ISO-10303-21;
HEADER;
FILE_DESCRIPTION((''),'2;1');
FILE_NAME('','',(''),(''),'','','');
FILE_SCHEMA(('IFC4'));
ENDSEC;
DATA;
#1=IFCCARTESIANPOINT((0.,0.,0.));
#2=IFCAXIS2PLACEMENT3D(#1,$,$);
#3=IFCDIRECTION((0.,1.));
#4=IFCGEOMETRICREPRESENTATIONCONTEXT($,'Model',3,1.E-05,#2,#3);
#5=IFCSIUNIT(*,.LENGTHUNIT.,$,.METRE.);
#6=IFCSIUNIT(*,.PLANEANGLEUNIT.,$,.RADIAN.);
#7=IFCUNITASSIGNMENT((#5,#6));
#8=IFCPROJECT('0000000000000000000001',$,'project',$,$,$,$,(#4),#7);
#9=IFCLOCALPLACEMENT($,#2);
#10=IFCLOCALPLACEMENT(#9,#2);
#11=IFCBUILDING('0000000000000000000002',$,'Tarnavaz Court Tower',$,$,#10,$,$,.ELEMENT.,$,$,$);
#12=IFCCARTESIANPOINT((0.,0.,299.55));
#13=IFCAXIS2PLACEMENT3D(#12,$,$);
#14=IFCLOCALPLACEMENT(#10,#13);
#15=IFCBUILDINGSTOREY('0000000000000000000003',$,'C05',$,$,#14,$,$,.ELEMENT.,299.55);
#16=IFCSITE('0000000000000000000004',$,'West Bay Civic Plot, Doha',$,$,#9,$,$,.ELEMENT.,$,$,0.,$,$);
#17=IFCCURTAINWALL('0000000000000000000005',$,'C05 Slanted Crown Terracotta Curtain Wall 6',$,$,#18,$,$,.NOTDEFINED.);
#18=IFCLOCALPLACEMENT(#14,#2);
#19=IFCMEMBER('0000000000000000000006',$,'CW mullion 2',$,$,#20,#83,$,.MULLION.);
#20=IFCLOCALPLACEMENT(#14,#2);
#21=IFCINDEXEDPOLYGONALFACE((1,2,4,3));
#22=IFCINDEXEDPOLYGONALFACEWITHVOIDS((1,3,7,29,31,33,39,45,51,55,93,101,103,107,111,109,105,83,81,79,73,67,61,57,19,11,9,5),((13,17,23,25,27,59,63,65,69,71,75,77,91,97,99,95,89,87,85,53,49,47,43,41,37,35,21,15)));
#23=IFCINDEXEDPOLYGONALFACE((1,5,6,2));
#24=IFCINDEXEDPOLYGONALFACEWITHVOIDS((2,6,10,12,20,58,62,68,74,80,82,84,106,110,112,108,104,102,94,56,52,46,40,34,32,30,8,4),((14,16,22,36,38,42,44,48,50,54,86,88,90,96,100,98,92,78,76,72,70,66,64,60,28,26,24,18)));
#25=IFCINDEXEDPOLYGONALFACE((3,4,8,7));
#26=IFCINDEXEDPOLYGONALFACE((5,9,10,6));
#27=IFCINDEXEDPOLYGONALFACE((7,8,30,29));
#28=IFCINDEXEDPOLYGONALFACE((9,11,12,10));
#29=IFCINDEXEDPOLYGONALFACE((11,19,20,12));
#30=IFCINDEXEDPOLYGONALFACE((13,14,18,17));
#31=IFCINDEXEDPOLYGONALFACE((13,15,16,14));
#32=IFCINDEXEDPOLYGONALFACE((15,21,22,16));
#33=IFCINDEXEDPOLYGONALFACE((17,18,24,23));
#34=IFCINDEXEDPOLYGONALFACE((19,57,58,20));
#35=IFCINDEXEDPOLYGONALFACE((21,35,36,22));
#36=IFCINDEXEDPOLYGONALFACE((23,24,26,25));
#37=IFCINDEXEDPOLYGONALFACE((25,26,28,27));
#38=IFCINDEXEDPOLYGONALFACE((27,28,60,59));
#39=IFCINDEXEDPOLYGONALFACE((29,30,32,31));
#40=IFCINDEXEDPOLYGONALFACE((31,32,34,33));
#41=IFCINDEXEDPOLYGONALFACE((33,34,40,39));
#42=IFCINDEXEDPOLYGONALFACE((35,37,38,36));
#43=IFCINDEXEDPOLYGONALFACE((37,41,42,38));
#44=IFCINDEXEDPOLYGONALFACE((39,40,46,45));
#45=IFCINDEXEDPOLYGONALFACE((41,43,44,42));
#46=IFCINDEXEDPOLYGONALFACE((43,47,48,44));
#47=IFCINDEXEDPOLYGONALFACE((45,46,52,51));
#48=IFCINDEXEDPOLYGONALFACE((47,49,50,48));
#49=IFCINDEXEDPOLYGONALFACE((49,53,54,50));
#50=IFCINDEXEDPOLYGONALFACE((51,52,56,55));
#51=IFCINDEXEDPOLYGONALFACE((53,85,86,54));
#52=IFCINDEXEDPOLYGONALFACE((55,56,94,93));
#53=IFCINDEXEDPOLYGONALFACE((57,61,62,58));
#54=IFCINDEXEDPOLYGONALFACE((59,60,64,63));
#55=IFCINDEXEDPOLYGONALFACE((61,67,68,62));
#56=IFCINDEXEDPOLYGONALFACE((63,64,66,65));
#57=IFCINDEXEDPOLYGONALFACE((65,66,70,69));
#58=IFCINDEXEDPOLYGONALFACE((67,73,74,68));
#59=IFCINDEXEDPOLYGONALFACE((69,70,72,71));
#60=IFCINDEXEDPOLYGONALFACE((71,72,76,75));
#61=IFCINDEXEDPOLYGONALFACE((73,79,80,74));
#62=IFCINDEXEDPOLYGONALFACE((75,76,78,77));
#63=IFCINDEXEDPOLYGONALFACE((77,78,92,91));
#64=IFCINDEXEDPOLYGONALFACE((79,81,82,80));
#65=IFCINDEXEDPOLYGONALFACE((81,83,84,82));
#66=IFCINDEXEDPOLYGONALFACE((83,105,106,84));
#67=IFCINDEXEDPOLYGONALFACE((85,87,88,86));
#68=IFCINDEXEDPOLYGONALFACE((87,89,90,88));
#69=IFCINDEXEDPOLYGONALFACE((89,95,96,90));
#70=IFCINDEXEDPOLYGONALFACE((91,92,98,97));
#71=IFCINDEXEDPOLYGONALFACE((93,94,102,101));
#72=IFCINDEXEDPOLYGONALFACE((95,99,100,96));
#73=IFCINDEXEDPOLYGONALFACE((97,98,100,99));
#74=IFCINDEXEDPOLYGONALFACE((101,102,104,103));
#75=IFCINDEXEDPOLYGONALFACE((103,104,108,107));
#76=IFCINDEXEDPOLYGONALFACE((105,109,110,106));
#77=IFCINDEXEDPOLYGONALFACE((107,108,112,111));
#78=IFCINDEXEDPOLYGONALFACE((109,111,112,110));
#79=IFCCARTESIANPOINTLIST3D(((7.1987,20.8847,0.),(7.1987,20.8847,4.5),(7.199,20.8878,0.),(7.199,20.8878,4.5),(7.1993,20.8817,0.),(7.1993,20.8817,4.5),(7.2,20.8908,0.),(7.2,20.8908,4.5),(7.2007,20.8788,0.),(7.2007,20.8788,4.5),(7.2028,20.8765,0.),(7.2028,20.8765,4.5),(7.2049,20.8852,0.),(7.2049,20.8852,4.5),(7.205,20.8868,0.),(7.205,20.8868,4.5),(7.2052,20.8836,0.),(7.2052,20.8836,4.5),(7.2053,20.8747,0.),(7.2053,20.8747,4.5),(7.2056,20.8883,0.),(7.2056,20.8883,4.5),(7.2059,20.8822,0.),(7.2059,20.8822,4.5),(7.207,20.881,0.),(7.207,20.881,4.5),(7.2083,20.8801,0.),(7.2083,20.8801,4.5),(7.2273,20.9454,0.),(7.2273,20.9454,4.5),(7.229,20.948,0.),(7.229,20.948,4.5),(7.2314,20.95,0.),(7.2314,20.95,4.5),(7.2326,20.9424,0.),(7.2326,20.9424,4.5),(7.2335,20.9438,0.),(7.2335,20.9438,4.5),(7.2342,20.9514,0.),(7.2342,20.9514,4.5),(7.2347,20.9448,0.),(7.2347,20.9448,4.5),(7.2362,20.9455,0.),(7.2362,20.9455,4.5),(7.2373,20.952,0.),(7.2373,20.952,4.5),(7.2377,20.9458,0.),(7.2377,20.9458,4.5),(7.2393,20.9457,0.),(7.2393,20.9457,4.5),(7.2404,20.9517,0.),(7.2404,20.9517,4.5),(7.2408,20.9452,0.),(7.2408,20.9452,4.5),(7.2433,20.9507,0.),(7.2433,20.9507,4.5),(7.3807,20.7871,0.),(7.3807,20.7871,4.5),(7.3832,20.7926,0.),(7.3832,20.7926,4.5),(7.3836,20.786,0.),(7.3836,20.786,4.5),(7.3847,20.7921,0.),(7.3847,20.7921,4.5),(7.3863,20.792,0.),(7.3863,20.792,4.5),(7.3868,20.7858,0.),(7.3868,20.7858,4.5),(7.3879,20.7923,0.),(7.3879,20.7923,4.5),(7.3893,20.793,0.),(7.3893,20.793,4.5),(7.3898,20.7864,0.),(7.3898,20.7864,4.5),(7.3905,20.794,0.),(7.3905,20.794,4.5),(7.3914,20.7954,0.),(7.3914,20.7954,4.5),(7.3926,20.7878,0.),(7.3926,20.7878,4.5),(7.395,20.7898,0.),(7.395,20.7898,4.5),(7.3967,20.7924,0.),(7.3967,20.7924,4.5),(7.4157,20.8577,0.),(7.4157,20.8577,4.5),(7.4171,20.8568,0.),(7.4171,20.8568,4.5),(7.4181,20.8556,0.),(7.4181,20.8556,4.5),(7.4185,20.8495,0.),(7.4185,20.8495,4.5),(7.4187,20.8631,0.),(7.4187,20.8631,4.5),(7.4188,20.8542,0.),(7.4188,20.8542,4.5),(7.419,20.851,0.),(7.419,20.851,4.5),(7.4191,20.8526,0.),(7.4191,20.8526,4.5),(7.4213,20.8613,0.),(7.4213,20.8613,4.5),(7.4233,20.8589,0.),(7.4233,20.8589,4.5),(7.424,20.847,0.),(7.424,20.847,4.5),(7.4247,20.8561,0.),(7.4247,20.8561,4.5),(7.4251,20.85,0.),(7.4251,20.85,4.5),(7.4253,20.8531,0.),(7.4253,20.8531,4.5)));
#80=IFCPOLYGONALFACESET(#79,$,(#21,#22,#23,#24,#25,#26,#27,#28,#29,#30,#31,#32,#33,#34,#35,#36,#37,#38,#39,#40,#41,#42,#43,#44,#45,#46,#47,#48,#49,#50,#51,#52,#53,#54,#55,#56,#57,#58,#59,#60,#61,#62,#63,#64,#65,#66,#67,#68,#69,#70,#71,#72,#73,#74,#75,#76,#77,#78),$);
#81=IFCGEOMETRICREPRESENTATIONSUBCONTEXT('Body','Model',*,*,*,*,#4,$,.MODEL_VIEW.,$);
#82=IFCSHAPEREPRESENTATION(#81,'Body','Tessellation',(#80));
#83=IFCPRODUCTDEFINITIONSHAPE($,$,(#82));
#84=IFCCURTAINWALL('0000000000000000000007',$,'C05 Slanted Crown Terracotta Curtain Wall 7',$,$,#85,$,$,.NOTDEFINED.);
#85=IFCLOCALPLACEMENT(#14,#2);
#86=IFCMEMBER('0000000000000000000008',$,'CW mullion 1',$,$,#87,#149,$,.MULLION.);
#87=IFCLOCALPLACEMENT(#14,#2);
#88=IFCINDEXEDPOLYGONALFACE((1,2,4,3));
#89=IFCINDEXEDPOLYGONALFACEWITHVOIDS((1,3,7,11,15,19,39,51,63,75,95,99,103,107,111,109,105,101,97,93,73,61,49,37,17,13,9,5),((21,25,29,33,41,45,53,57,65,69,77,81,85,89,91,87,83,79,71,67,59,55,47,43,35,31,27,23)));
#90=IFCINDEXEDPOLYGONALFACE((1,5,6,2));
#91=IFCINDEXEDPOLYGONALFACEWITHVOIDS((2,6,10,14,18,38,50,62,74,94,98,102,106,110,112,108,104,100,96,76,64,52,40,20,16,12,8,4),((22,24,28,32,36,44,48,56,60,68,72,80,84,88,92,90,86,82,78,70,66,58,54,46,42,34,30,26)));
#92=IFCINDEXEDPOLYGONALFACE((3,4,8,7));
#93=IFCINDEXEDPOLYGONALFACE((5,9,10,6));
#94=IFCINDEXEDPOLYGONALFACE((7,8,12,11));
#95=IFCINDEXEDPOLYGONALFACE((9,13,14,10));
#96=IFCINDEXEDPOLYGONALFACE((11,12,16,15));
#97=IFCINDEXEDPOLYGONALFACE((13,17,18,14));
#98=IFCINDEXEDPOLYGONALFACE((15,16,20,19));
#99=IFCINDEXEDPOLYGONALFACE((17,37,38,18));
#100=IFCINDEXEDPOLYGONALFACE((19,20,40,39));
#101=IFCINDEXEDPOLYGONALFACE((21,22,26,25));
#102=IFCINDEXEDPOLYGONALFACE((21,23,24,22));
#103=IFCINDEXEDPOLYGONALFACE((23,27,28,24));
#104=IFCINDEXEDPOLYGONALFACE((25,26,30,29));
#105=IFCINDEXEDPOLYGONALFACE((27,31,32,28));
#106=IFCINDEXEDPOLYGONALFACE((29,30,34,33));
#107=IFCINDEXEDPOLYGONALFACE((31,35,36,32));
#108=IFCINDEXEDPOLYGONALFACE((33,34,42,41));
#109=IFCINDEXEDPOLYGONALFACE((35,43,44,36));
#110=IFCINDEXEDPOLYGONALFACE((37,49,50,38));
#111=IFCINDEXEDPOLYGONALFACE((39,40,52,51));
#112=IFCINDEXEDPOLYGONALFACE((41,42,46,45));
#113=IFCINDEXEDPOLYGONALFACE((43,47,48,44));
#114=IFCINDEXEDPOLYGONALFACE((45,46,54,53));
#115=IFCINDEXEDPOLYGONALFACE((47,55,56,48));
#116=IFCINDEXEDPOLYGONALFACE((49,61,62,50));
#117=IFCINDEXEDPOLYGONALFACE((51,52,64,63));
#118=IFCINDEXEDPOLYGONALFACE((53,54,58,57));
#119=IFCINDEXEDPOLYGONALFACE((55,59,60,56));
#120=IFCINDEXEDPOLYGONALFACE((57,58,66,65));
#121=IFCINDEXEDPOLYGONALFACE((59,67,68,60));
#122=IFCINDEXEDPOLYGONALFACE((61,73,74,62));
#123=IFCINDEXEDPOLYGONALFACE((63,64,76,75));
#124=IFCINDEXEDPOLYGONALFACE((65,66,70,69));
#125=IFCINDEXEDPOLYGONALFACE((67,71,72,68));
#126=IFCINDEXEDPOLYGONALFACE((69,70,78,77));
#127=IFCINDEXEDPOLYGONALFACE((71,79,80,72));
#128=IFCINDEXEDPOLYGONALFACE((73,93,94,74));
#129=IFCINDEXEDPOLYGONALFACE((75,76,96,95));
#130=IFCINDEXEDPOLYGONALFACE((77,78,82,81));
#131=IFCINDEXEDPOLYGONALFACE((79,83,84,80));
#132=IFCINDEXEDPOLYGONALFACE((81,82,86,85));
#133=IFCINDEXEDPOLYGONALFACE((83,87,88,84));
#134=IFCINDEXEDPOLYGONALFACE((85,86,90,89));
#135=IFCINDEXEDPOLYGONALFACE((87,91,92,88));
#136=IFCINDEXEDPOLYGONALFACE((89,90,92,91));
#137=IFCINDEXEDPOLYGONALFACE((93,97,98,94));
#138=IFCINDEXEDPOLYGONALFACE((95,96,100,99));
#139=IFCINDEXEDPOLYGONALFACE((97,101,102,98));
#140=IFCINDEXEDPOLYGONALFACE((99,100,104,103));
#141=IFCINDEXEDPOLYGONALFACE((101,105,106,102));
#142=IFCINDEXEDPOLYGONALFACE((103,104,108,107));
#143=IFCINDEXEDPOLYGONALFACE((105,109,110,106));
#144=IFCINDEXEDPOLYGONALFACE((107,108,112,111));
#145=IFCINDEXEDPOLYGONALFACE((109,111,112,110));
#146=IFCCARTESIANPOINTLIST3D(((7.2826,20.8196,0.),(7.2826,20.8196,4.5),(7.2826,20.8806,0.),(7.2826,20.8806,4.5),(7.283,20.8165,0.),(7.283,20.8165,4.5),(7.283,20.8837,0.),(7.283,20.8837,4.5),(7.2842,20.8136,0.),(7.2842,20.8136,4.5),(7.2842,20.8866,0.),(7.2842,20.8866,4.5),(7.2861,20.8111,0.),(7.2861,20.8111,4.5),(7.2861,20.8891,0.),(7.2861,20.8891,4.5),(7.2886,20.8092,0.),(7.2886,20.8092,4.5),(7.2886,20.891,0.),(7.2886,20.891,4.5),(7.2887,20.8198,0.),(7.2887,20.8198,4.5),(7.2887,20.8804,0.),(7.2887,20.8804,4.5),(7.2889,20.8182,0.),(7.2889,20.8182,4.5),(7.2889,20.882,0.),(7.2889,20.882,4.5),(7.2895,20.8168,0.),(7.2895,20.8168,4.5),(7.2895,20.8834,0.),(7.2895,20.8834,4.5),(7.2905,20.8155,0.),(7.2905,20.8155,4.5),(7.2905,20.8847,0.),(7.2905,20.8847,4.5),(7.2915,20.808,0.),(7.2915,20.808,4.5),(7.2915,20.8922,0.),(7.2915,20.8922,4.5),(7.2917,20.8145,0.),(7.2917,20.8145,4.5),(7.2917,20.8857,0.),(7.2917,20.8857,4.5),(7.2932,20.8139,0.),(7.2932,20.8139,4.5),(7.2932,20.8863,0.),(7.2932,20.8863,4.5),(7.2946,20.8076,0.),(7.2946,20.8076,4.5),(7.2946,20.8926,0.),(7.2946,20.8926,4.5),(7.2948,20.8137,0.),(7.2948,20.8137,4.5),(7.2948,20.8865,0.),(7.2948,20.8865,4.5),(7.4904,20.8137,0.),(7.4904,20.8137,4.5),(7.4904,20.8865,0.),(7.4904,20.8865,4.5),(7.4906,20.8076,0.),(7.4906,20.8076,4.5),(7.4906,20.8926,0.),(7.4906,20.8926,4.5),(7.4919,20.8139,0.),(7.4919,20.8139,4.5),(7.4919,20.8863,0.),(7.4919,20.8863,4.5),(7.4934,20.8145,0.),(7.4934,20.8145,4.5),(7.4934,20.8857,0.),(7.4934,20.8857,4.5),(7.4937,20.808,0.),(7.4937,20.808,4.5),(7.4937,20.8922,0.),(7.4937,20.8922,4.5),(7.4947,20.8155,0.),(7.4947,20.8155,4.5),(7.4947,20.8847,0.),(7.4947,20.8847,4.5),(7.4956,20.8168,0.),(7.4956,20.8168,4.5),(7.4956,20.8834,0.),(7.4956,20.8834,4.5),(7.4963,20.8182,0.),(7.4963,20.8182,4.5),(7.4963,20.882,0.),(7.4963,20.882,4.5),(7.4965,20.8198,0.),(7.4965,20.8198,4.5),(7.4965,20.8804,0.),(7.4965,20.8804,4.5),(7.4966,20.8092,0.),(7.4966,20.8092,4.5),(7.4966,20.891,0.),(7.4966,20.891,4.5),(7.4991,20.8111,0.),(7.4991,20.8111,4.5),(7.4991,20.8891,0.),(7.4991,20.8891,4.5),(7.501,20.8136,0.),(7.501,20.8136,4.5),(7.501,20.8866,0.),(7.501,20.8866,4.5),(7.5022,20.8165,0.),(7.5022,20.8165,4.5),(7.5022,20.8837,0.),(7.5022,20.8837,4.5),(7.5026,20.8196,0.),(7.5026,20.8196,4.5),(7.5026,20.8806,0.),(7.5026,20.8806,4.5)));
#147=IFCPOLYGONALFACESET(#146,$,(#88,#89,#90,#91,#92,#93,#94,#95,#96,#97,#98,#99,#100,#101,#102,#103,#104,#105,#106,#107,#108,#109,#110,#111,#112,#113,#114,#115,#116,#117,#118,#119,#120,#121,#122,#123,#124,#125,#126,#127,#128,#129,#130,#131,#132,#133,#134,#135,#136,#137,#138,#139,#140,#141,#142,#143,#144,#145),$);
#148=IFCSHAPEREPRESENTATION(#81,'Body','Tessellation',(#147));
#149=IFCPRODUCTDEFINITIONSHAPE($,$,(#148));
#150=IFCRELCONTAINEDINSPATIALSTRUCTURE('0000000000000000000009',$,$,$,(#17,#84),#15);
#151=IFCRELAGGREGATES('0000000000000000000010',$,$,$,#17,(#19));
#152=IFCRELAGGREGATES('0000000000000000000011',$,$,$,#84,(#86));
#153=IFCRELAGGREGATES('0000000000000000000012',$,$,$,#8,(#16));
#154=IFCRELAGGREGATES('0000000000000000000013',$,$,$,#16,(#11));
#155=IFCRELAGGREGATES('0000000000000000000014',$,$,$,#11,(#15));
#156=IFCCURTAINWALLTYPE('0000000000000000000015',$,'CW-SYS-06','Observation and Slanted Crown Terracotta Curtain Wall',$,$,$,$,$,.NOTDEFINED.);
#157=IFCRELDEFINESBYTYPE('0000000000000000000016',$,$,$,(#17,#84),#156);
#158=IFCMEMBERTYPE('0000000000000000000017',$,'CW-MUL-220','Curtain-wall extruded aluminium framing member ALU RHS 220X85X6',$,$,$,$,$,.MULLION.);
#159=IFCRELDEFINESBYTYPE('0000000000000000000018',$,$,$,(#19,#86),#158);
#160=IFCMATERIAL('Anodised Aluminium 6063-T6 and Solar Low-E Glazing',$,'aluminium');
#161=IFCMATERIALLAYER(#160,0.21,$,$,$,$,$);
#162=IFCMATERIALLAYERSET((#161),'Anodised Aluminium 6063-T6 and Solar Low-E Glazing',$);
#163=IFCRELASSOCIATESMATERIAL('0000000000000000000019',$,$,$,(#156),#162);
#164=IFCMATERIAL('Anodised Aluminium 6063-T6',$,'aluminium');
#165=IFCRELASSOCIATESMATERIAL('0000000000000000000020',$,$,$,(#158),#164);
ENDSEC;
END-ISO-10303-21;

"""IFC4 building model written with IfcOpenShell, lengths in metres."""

from ifc_helpers import new_model, si_unit, direction, frame, origin, origin_2d, place, context, subcontext, project, spatial, hollow_rectangle, extrude, material, layer, layer_set, material_profile, profile_set, type_object, element, aggregate, save


model = new_model("IFC4")

# Units and contexts
model_context = context("Model", 3, precision=1e-05, world=origin(), true_north=direction((0.0, 1.0)))
body_context = subcontext(model_context, "Body", "Model", "MODEL_VIEW")
ifc_project = project(units=[si_unit("LENGTHUNIT", "METRE"), si_unit("PLANEANGLEUNIT", "RADIAN")], contexts=[model_context])

# Site, building, storey
site_placement = place(None, origin())
site = spatial("IfcSite", under=ifc_project, at=site_placement, Name="West Bay Civic Plot, Doha", CompositionType="ELEMENT", RefElevation=0.0)
building_placement = place(site_placement, origin())
building = spatial("IfcBuilding", under=site, at=building_placement, Name="Tarnavaz Court Tower", CompositionType="ELEMENT")
storey_placement = place(building_placement, frame((0.0, 0.0, 299.55)))
storey = spatial("IfcBuildingStorey", under=building, at=storey_placement, Name="C05", CompositionType="ELEMENT", Elevation=299.55)

# Shared definitions
ifc_material_1 = material(Name="Anodised Aluminium 6063-T6 and Solar Low-E Glazing", Category="aluminium")
ifc_layer_1 = layer(ifc_material_1, 0.21)
ifc_layer_set_1 = layer_set([ifc_layer_1], Name="Anodised Aluminium 6063-T6 and Solar Low-E Glazing")
curtain_wall_type = type_object("IfcCurtainWallType", Name="CW-SYS-06", Description="Observation and Slanted Crown Terracotta Curtain Wall", PredefinedType="NOTDEFINED", material=ifc_layer_set_1)
ifc_material_2 = material(Name="Anodised Aluminium 6063-T6", Category="aluminium")
ifc_material_profile_1 = material_profile(ifc_material_2, hollow_rectangle(XDim=0.085, YDim=0.22, WallThickness=0.0061, InnerFilletRadius=0.0061, OuterFilletRadius=0.012, at=origin_2d()), Name="ALU RHS 220X85X6")
ifc_profile_set_1 = profile_set([ifc_material_profile_1], Name="Anodised Aluminium 6063-T6")
member_type_1 = type_object("IfcMemberType", Name="CW-MUL-220", Description="Curtain-wall extruded aluminium framing member ALU RHS 220X85X6", PredefinedType="MULLION", material=ifc_profile_set_1)

# Curtain walls, members
curtain_wall_1_placement = place(storey_placement, origin())
curtain_wall_1 = element("IfcCurtainWall", 1, at=curtain_wall_1_placement, inside=storey, type_object=curtain_wall_type, Name="C05 Slanted Crown Terracotta Curtain Wall 6", PredefinedType="NOTDEFINED")
member_1_placement = place(storey_placement, frame((7.312, 20.8689, 0.0), z_axis=(0.0, 0.0, 1.0), x_axis=(0.447214, 0.894427, 0.0)))
member_1 = element("IfcMember", 2, at=member_1_placement, type_object=member_type_1, Name="CW mullion 2", PredefinedType="MULLION", context=body_context, shape_type="SweptSolid", body=[
    extrude(hollow_rectangle(XDim=0.085, YDim=0.22, WallThickness=0.0061, InnerFilletRadius=0.0061, OuterFilletRadius=0.012, at=origin_2d()), origin(), (0.0, 0.0, 1.0), 4.5),
])
curtain_wall_2_placement = place(storey_placement, origin())
curtain_wall_2 = element("IfcCurtainWall", 3, at=curtain_wall_2_placement, inside=storey, type_object=curtain_wall_type, Name="C05 Slanted Crown Terracotta Curtain Wall 7", PredefinedType="NOTDEFINED")
member_2_placement = place(storey_placement, frame((7.3926, 20.8501, 0.0), z_axis=(0.0, 0.0, 1.0), x_axis=(0.0, 1.0, 0.0)))
member_2 = element("IfcMember", 4, at=member_2_placement, type_object=member_type_1, Name="CW mullion 1", PredefinedType="MULLION", context=body_context, shape_type="SweptSolid", body=[
    extrude(hollow_rectangle(XDim=0.085, YDim=0.22, WallThickness=0.0061, InnerFilletRadius=0.0061, OuterFilletRadius=0.012, at=origin_2d()), origin(), (0.0, 0.0, 1.0), 4.5),
])

aggregate(curtain_wall_1, [member_1])
aggregate(curtain_wall_2, [member_2])

save(model, "model.ifc")
